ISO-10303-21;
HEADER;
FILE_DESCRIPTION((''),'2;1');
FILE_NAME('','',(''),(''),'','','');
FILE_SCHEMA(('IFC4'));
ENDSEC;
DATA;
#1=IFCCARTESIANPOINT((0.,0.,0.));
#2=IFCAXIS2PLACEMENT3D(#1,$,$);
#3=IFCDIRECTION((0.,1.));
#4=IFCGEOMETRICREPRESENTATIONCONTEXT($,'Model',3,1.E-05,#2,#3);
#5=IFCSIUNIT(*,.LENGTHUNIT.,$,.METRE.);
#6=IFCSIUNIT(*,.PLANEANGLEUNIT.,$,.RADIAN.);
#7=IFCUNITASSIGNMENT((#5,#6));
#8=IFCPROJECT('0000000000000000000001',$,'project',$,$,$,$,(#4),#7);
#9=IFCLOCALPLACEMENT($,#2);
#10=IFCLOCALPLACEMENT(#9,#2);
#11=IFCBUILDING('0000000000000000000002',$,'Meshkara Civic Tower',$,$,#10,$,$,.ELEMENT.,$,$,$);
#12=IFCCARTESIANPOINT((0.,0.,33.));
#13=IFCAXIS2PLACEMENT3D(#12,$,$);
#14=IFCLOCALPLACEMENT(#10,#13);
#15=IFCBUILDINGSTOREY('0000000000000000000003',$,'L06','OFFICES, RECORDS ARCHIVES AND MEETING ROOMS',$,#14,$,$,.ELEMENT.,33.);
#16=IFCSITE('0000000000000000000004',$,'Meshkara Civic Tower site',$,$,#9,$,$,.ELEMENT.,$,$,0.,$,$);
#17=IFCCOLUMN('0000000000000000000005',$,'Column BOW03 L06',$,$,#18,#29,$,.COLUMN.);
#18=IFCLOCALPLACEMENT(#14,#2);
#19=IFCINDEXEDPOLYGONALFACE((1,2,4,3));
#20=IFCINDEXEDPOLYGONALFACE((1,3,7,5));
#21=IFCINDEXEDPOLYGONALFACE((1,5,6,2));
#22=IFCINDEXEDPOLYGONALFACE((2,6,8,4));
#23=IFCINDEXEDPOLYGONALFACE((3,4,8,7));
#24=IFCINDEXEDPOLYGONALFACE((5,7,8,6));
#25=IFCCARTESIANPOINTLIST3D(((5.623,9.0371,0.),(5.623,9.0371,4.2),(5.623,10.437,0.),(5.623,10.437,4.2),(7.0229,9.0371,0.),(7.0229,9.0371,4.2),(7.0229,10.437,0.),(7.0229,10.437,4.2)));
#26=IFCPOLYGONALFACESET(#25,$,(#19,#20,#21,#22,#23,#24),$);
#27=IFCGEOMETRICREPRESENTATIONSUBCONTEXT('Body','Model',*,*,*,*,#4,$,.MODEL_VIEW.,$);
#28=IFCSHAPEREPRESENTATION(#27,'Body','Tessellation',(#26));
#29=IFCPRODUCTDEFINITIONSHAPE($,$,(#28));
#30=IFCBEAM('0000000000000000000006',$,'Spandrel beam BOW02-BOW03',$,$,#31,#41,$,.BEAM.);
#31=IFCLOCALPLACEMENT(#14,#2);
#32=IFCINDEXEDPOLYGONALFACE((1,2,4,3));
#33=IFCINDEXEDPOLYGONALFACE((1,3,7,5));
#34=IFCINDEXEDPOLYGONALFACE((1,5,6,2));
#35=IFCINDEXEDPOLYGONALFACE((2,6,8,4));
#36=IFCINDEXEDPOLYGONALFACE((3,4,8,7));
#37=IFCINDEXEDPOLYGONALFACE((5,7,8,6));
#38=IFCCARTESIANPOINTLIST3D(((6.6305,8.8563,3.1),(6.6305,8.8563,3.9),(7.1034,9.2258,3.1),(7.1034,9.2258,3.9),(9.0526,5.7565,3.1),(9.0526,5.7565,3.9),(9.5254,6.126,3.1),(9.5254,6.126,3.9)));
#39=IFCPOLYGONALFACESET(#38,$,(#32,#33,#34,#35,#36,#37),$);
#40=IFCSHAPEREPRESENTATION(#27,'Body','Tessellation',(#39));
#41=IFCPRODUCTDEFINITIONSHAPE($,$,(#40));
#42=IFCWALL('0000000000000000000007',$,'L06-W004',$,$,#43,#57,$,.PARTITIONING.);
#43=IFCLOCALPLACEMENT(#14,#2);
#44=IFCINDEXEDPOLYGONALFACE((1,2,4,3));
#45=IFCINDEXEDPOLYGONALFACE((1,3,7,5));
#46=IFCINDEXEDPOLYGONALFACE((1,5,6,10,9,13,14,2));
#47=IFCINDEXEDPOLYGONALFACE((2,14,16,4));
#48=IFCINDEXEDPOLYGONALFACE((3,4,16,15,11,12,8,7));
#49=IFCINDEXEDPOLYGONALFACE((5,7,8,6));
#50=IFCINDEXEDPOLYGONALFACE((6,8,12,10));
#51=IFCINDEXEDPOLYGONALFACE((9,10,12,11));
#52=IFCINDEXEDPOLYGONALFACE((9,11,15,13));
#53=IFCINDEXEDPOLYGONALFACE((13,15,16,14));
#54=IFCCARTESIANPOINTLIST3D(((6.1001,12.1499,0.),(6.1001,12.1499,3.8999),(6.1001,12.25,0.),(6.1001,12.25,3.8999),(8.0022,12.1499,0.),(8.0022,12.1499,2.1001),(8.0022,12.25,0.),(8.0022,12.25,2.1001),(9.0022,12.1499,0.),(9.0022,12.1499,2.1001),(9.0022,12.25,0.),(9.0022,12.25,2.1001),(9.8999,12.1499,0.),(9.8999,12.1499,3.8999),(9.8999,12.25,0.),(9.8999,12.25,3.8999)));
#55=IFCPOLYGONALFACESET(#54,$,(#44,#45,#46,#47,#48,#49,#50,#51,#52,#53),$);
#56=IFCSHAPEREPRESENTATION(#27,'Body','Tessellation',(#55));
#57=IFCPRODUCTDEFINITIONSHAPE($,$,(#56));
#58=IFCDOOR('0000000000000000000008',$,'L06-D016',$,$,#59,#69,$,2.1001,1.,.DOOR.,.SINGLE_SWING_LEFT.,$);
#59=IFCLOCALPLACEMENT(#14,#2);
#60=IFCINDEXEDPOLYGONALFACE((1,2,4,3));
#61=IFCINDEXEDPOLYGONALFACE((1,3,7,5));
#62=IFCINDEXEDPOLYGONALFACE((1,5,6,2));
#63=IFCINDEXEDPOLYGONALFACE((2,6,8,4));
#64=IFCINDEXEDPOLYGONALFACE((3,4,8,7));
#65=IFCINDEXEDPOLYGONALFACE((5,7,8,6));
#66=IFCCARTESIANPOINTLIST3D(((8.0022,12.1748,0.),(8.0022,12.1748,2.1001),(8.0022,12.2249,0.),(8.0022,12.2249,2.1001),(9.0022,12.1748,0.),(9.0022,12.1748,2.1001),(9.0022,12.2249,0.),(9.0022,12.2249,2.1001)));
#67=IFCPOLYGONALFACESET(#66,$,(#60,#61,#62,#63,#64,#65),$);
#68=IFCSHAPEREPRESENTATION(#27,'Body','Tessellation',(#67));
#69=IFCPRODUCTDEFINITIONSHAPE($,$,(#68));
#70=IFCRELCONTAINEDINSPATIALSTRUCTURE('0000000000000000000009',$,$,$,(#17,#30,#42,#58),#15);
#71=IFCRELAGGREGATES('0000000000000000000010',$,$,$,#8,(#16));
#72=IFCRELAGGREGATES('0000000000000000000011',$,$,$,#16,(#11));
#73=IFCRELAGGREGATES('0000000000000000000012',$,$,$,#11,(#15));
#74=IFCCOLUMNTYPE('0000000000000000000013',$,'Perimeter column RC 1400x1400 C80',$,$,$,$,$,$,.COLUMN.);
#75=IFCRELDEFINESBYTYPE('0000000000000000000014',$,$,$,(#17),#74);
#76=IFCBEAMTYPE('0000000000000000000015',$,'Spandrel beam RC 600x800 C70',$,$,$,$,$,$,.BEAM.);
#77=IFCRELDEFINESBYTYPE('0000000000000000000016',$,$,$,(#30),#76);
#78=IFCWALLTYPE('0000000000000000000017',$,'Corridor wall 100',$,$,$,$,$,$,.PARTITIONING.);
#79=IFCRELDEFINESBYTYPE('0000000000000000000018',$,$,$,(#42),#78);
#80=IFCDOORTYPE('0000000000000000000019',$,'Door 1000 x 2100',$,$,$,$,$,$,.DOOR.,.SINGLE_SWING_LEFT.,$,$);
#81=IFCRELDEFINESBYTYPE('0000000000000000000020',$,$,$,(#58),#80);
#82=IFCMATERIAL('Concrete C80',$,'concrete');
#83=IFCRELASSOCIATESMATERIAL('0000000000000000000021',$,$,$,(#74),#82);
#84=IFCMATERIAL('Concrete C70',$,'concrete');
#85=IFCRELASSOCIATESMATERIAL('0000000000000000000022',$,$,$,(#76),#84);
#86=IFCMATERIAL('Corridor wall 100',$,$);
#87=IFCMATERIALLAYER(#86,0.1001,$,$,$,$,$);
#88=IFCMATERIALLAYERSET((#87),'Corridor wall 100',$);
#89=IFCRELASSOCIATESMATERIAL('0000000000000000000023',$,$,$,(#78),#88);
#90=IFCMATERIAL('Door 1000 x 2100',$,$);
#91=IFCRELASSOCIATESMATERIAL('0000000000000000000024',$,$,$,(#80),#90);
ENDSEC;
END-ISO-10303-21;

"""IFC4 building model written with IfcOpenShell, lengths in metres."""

from ifc_helpers import new_model, si_unit, direction, frame, frame_2d, origin, origin_2d, place, context, subcontext, project, spatial, rectangle, extrude, material, layer, layer_set, material_profile, profile_set, type_object, element, fill, save


model = new_model("IFC4")

# Units and contexts
model_context = context("Model", 3, precision=1e-05, world=origin(), true_north=direction((0.0, 1.0)))
body_context = subcontext(model_context, "Body", "Model", "MODEL_VIEW")
ifc_project = project(units=[si_unit("LENGTHUNIT", "METRE"), si_unit("PLANEANGLEUNIT", "RADIAN")], contexts=[model_context])

# Site, building, storey
site_placement = place(None, origin())
site = spatial("IfcSite", under=ifc_project, at=site_placement, Name="Meshkara Civic Tower site", CompositionType="ELEMENT", RefElevation=0.0)
building_placement = place(site_placement, origin())
building = spatial("IfcBuilding", under=site, at=building_placement, Name="Meshkara Civic Tower", CompositionType="ELEMENT")
storey_placement = place(building_placement, frame((0.0, 0.0, 33.0)))
storey = spatial("IfcBuildingStorey", under=building, at=storey_placement, Name="L06", Description="OFFICES, RECORDS ARCHIVES AND MEETING ROOMS", CompositionType="ELEMENT", Elevation=33.0)

# Column
ifc_material_1 = material(Name="Concrete C80", Category="concrete")
ifc_material_profile_1 = material_profile(ifc_material_1, rectangle(XDim=1.3999, YDim=1.3999, at=origin_2d()))
ifc_profile_set_1 = profile_set([ifc_material_profile_1], Name="Concrete C80")
column_type = type_object("IfcColumnType", Name="Perimeter column RC 1400x1400 C80", PredefinedType="COLUMN", material=ifc_profile_set_1)
column_placement = place(storey_placement, frame((6.323, 9.7371, 0.0), z_axis=(0.0, 0.0, 1.0), x_axis=(1.0, 0.0, 0.0)))
element("IfcColumn", 1, at=column_placement, inside=storey, type_object=column_type, Name="Column BOW03 L06", PredefinedType="COLUMN", context=body_context, shape_type="SweptSolid", body=[
    extrude(rectangle(XDim=1.3999, YDim=1.3999, at=origin_2d()), origin(), (0.0, 0.0, 1.0), 4.2),
])

# Beam
ifc_material_2 = material(Name="Concrete C70", Category="concrete")
ifc_material_profile_2 = material_profile(ifc_material_2, rectangle(XDim=0.6001, YDim=0.8, at=origin_2d()))
ifc_profile_set_2 = profile_set([ifc_material_profile_2], Name="Concrete C70")
beam_type = type_object("IfcBeamType", Name="Spandrel beam RC 600x800 C70", PredefinedType="BEAM", material=ifc_profile_set_2)
beam_placement = place(storey_placement, frame((6.8669, 9.041, 3.5), z_axis=(0.615701, -0.78798, 0.0), x_axis=(0.78798, 0.615701, 0.0)))
element("IfcBeam", 2, at=beam_placement, inside=storey, type_object=beam_type, Name="Spandrel beam BOW02-BOW03", PredefinedType="BEAM", context=body_context, shape_type="SweptSolid", body=[
    extrude(rectangle(XDim=0.6001, YDim=0.8, at=origin_2d()), origin(), (0.0, 0.0, 1.0), 3.9338),
])

# Wall, opening, door
ifc_material_3 = material(Name="Corridor wall 100")
ifc_layer_1 = layer(ifc_material_3, 0.1001)
ifc_layer_set_1 = layer_set([ifc_layer_1], Name="Corridor wall 100")
wall_type_1 = type_object("IfcWallType", Name="Corridor wall 100", PredefinedType="PARTITIONING", material=ifc_layer_set_1)
wall_1_placement = place(storey_placement, frame((6.1001, 12.2, 0.0), z_axis=(0.0, 0.0, 1.0), x_axis=(1.0, 0.0, 0.0)))
wall_1 = element("IfcWall", 3, at=wall_1_placement, inside=storey, type_object=wall_type_1, Name="L06-W004", PredefinedType="PARTITIONING", context=body_context, shape_type="SweptSolid", body=[
    extrude(rectangle(XDim=3.7998, YDim=0.1001, at=frame_2d((1.8999, 0.0))), origin(), (0.0, 0.0, 1.0), 3.8999),
])
opening_1_placement = place(wall_1_placement, frame((1.9021, 0.0, 0.0)))
opening_1 = element("IfcOpeningElement", 4, at=opening_1_placement, cuts=wall_1, PredefinedType="OPENING", context=body_context, shape_type="SweptSolid", body=[
    extrude(rectangle(XDim=1.0, YDim=2.1001, at=frame_2d((0.5, 1.05))), frame((0.0, 0.0601, 0.0), z_axis=(0.0, -1.0, 0.0), x_axis=(1.0, 0.0, 0.0)), (0.0, 0.0, 1.0), 0.1201),
])
ifc_material_4 = material(Name="Door 1000 x 2100")
door_type_1 = type_object("IfcDoorType", Name="Door 1000 x 2100", OperationType="SINGLE_SWING_LEFT", PredefinedType="DOOR", material=ifc_material_4)
door_1_placement = place(opening_1_placement, origin())
door_1 = element("IfcDoor", 5, at=door_1_placement, inside=storey, type_object=door_type_1, Name="L06-D016", OperationType="SINGLE_SWING_LEFT", OverallHeight=2.1001, OverallWidth=1.0, PredefinedType="DOOR", context=body_context, shape_type="SweptSolid", body=[
    extrude(rectangle(XDim=1.0, YDim=2.1001, at=frame_2d((0.5, 1.05))), frame((0.0, 0.0249, 0.0), z_axis=(0.0, -1.0, 0.0), x_axis=(1.0, 0.0, 0.0)), (0.0, 0.0, 1.0), 0.05),
])
fill(opening_1, door_1)

save(model, "model.ifc")
